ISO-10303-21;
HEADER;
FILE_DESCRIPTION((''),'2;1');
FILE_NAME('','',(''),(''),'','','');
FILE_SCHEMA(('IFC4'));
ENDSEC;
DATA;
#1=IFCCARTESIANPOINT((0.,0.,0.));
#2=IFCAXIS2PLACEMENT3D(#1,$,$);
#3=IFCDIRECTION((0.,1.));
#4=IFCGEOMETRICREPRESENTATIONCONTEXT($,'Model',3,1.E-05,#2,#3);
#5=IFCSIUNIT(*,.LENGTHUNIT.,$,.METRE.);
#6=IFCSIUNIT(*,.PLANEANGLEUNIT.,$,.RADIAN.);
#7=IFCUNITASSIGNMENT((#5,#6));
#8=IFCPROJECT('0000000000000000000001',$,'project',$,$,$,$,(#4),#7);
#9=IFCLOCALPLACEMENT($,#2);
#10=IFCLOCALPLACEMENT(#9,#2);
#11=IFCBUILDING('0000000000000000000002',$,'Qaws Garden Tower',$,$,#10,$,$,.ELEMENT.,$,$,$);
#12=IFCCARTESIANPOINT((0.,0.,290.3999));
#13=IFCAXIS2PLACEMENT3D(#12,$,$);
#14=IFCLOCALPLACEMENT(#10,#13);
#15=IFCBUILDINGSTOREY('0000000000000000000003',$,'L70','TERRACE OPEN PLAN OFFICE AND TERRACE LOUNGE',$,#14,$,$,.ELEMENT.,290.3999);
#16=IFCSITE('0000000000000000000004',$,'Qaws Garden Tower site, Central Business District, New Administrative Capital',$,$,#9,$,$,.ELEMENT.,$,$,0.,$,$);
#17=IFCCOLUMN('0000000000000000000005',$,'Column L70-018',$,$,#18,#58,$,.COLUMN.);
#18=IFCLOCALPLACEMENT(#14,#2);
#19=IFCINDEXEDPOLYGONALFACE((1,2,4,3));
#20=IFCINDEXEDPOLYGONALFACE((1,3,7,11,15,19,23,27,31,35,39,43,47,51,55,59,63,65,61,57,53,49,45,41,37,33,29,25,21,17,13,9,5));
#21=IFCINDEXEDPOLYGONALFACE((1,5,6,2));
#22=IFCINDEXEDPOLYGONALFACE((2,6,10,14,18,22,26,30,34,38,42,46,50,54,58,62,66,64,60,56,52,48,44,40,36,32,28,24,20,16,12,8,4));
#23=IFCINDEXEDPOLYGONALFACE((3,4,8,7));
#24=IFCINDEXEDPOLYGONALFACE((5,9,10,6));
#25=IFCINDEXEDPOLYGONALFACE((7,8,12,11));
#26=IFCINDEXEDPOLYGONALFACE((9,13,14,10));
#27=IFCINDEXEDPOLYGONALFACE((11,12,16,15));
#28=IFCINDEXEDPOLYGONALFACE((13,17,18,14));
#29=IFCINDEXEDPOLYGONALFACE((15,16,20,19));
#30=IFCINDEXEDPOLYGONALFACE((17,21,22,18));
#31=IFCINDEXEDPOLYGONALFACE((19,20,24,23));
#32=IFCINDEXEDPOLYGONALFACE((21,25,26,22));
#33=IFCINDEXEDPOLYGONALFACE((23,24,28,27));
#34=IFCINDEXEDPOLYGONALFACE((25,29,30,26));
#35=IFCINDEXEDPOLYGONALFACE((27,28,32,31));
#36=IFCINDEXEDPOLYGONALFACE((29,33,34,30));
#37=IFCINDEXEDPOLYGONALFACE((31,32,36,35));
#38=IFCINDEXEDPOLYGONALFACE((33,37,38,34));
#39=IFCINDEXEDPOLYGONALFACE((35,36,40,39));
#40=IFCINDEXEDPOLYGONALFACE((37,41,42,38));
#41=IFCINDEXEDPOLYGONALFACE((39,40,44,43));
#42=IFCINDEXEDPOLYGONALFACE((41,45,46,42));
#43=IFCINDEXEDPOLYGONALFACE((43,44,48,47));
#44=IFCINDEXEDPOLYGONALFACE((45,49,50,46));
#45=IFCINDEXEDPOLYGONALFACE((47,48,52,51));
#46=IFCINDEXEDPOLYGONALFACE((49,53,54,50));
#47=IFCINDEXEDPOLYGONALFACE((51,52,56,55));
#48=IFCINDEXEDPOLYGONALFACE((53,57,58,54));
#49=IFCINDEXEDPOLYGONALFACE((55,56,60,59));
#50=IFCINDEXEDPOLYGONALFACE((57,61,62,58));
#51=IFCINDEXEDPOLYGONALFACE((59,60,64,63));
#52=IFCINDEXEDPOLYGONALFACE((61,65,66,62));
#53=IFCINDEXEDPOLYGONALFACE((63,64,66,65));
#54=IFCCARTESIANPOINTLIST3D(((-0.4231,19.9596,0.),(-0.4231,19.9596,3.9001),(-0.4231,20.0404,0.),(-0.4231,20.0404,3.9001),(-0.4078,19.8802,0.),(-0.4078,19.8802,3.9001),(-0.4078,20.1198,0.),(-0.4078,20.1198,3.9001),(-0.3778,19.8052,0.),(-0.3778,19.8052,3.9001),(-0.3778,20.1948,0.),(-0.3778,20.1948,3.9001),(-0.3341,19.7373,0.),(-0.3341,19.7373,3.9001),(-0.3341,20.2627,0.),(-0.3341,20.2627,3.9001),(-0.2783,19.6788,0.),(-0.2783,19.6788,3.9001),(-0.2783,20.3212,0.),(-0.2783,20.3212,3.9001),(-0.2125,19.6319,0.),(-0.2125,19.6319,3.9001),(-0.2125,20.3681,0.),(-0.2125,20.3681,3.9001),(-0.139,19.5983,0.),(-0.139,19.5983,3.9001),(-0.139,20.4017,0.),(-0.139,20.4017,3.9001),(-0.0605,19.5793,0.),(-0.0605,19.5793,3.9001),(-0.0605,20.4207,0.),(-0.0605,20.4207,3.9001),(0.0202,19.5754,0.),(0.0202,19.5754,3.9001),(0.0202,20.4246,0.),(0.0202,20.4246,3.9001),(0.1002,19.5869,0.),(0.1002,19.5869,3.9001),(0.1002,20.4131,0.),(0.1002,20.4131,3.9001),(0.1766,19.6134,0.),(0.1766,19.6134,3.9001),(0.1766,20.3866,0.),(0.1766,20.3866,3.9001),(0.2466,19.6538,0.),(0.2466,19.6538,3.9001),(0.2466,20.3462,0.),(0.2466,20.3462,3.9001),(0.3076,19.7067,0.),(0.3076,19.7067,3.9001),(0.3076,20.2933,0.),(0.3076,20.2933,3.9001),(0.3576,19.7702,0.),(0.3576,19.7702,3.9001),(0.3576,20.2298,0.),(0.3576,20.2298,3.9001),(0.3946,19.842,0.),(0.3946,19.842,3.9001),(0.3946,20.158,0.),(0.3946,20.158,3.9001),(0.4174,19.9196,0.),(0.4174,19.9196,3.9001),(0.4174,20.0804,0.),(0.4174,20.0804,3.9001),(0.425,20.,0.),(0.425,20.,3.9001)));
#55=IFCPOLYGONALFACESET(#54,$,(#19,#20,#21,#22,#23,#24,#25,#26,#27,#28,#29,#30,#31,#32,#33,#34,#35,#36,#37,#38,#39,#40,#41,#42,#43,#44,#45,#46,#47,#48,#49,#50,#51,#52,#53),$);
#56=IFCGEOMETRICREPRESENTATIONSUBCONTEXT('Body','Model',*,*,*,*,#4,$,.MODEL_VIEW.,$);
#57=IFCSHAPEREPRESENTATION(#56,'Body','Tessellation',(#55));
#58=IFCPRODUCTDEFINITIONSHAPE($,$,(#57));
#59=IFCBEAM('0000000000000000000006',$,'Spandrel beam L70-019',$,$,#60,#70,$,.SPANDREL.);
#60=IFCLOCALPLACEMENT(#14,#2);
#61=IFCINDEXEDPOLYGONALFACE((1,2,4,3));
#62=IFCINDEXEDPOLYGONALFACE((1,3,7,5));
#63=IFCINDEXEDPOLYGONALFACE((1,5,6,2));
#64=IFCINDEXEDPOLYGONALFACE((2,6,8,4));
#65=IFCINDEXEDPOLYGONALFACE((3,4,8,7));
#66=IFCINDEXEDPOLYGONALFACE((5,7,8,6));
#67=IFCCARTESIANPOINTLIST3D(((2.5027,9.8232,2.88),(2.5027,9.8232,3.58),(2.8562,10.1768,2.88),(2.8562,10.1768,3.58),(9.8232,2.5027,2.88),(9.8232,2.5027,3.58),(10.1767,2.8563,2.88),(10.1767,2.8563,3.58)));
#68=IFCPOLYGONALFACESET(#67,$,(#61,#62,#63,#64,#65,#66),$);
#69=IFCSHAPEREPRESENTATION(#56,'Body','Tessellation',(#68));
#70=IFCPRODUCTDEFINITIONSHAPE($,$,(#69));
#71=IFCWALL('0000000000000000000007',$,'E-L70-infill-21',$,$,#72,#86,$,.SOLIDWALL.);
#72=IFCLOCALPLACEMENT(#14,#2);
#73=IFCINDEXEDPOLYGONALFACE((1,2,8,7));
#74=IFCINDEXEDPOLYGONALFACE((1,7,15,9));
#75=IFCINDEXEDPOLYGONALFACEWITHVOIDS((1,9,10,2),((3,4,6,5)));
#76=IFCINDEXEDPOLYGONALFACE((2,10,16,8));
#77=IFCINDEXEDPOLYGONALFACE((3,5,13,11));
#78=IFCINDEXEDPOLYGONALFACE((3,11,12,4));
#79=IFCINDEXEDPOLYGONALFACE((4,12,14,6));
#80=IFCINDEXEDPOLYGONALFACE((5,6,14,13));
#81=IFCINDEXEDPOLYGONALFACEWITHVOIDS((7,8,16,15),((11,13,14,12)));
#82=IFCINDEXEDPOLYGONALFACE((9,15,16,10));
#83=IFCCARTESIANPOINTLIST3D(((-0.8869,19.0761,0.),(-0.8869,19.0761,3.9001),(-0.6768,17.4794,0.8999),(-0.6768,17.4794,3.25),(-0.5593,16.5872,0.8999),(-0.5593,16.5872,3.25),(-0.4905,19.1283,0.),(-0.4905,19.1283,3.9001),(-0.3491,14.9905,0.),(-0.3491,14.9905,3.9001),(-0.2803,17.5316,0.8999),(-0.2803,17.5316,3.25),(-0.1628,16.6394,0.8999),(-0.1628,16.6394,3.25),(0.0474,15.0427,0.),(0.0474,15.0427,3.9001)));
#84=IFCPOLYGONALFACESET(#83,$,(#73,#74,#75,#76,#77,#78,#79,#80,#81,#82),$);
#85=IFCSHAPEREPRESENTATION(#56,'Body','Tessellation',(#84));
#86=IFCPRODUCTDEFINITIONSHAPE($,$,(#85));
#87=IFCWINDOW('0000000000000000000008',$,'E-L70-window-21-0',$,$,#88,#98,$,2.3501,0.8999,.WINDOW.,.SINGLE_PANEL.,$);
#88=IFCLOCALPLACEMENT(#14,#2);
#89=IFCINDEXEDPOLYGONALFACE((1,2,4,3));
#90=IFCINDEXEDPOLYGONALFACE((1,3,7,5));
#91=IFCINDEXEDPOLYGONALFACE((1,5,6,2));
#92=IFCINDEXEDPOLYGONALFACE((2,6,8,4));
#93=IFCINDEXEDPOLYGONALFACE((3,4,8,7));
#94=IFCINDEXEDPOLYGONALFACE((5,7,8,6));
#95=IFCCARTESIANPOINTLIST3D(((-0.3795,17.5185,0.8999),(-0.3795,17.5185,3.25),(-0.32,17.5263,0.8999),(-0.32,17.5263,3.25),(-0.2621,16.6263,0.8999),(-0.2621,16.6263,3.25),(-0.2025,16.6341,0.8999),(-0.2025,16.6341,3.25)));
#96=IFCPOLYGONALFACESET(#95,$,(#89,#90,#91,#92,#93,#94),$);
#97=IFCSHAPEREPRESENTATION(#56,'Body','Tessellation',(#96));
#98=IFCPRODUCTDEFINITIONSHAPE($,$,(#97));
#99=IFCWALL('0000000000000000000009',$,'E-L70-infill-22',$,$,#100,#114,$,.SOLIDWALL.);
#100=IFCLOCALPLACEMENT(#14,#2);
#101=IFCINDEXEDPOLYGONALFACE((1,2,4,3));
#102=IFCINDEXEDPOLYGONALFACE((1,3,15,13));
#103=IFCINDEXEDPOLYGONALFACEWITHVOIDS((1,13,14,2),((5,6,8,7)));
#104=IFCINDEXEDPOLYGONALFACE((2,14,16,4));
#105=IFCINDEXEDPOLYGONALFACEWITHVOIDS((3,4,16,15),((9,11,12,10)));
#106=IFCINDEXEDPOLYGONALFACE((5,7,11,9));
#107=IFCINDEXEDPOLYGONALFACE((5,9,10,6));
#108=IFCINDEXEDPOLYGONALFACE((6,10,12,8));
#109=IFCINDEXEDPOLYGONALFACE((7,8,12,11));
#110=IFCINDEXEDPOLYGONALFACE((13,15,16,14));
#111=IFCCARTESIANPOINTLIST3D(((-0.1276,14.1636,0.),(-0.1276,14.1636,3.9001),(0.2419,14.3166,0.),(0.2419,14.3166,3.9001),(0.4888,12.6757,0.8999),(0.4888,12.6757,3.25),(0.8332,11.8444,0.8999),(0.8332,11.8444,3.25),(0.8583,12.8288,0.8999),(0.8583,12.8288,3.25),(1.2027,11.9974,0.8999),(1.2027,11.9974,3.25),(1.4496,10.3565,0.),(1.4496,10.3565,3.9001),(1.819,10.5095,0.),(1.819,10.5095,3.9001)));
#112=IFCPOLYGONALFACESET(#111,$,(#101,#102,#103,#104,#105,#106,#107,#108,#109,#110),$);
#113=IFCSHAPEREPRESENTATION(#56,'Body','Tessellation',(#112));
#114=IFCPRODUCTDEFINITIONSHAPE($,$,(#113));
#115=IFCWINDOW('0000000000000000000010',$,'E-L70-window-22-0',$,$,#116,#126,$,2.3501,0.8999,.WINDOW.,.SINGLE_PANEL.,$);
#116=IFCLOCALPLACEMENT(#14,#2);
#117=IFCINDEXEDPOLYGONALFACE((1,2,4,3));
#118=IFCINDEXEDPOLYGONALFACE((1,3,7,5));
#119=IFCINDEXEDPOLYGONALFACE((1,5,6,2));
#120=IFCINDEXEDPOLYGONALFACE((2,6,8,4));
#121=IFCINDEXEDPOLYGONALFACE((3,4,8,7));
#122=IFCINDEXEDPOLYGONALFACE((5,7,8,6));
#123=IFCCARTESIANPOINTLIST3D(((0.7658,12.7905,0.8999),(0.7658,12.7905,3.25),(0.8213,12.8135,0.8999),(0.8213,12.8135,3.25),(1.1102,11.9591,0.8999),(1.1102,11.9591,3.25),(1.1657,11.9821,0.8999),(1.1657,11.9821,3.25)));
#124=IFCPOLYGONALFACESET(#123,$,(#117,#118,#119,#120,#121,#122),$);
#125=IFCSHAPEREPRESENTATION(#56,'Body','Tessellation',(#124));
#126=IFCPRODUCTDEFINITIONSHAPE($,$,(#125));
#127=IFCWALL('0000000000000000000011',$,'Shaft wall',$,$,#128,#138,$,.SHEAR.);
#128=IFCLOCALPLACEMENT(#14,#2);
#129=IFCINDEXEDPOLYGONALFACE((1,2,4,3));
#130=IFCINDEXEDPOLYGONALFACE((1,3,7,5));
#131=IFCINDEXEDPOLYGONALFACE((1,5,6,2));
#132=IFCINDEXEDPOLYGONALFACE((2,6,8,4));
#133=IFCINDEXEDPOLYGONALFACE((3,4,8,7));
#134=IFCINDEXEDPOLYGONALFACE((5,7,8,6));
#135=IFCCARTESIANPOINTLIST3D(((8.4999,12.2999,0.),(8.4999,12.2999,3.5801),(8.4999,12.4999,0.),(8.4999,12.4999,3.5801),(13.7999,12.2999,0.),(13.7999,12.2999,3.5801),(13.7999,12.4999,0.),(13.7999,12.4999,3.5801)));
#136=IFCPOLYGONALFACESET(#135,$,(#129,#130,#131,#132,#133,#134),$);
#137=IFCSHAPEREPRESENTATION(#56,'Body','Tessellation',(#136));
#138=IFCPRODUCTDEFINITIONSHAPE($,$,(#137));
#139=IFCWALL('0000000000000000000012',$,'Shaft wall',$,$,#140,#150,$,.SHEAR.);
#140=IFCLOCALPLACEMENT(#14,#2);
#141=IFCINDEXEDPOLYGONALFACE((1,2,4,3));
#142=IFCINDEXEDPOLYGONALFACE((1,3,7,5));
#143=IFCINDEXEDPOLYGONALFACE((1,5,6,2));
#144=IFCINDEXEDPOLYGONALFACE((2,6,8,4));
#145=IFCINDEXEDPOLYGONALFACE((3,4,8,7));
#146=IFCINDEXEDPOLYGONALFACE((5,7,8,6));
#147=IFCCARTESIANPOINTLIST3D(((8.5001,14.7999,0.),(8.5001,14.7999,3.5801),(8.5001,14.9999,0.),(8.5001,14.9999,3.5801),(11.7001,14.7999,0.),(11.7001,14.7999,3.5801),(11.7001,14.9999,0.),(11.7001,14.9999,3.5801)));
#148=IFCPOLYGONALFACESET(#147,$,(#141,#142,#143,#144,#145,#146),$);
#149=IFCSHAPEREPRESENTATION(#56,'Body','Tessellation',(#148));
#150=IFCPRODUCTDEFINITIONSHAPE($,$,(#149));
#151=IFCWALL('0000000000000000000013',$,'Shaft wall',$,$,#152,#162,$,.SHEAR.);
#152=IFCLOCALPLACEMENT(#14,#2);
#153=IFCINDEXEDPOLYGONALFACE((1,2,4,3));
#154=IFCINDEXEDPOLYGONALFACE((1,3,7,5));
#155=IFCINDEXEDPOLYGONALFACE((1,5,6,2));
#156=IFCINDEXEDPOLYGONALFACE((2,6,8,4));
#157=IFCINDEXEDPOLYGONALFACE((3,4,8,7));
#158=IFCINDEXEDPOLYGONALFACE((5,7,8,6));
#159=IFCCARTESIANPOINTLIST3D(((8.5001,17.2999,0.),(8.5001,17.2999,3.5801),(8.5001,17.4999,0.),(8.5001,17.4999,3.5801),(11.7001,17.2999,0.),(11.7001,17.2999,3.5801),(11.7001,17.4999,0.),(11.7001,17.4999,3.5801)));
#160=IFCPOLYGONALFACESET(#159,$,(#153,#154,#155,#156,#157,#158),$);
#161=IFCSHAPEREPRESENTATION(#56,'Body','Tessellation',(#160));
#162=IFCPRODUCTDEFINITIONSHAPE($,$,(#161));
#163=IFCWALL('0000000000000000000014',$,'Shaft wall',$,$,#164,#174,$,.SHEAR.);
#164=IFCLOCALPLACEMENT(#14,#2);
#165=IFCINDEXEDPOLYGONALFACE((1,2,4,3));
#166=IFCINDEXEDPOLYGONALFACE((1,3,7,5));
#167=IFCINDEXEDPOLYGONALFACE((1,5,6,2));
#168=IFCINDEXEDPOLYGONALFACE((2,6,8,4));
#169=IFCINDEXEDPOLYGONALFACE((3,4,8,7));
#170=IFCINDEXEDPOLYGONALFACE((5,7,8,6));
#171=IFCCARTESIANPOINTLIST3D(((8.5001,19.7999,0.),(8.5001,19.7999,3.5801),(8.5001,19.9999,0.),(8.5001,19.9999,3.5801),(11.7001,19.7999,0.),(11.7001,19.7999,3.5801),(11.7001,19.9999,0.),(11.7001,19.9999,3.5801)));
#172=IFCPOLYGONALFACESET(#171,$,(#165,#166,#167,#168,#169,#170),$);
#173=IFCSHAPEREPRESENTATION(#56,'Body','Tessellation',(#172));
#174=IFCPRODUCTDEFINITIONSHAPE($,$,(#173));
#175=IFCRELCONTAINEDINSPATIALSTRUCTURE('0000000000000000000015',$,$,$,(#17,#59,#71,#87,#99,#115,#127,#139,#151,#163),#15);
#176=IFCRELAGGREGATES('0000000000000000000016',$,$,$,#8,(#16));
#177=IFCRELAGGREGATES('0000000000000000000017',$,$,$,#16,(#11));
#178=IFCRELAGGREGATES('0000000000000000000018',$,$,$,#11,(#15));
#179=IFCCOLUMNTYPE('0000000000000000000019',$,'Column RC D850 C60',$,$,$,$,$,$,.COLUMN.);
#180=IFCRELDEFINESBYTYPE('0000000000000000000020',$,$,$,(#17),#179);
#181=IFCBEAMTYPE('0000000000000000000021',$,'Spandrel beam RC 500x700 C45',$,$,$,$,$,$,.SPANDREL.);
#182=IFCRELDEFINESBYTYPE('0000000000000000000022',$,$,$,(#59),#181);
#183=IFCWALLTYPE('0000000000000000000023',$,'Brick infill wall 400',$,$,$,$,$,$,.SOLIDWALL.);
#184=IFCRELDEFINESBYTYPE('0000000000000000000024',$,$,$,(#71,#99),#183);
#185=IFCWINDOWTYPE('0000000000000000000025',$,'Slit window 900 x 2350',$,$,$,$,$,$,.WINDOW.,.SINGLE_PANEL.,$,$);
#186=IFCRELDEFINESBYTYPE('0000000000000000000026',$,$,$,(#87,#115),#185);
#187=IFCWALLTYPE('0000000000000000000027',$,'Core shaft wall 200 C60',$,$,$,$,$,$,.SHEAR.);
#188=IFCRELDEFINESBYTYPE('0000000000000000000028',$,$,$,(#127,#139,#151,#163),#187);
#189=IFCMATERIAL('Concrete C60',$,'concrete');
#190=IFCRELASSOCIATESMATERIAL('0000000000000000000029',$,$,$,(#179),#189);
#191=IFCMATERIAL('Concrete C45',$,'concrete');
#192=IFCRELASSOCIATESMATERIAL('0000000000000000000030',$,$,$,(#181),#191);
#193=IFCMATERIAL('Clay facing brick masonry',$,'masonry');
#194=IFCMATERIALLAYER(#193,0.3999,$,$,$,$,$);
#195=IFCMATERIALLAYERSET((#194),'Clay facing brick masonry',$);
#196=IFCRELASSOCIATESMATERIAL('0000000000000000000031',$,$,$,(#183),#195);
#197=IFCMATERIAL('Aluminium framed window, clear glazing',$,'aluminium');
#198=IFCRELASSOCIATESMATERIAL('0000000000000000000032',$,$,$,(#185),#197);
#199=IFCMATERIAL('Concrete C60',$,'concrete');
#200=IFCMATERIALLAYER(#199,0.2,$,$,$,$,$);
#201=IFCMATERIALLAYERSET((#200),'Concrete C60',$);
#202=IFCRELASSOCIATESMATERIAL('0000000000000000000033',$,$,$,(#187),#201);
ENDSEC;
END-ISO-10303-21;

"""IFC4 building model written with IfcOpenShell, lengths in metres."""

from ifc_helpers import new_model, si_unit, direction, frame, frame_2d, origin, origin_2d, place, context, subcontext, project, spatial, rectangle, circle, extrude, material, layer, layer_set, material_profile, profile_set, type_object, element, fill, save


model = new_model("IFC4")

# Units and contexts
model_context = context("Model", 3, precision=1e-05, world=origin(), true_north=direction((0.0, 1.0)))
body_context = subcontext(model_context, "Body", "Model", "MODEL_VIEW")
ifc_project = project(units=[si_unit("LENGTHUNIT", "METRE"), si_unit("PLANEANGLEUNIT", "RADIAN")], contexts=[model_context])

# Site, building, storey
site_placement = place(None, origin())
site = spatial("IfcSite", under=ifc_project, at=site_placement, Name="Qaws Garden Tower site, Central Business District, New Administrative Capital", CompositionType="ELEMENT", RefElevation=0.0)
building_placement = place(site_placement, origin())
building = spatial("IfcBuilding", under=site, at=building_placement, Name="Qaws Garden Tower", CompositionType="ELEMENT")
storey_placement = place(building_placement, frame((0.0, 0.0, 290.3999)))
storey = spatial("IfcBuildingStorey", under=building, at=storey_placement, Name="L70", Description="TERRACE OPEN PLAN OFFICE AND TERRACE LOUNGE", CompositionType="ELEMENT", Elevation=290.3999)

# Column
ifc_material_1 = material(Name="Concrete C60", Category="concrete")
ifc_material_profile_1 = material_profile(ifc_material_1, circle(Radius=0.425, at=origin_2d()), Name="RC D850")
ifc_profile_set_1 = profile_set([ifc_material_profile_1], Name="Concrete C60")
column_type = type_object("IfcColumnType", Name="Column RC D850 C60", PredefinedType="COLUMN", material=ifc_profile_set_1)
column_placement = place(storey_placement, frame((0.0, 20.0, 0.0), z_axis=(0.0, 0.0, 1.0), x_axis=(1.0, 0.0, 0.0)))
element("IfcColumn", 1, at=column_placement, inside=storey, type_object=column_type, Name="Column L70-018", PredefinedType="COLUMN", context=body_context, shape_type="SweptSolid", body=[
    extrude(circle(Radius=0.425, at=origin_2d()), origin(), (0.0, 0.0, 1.0), 3.9001),
])

# Beam
ifc_material_2 = material(Name="Concrete C45", Category="concrete")
ifc_material_profile_2 = material_profile(ifc_material_2, rectangle(XDim=0.5, YDim=0.7, at=origin_2d()), Name="RC 500x700")
ifc_profile_set_2 = profile_set([ifc_material_profile_2], Name="Concrete C45")
beam_type = type_object("IfcBeamType", Name="Spandrel beam RC 500x700 C45", PredefinedType="SPANDREL", material=ifc_profile_set_2)
beam_placement = place(storey_placement, frame((2.6794, 10.0, 3.23), z_axis=(0.707107, -0.707107, 0.0), x_axis=(0.707107, 0.707107, 0.0)))
element("IfcBeam", 2, at=beam_placement, inside=storey, type_object=beam_type, Name="Spandrel beam L70-019", PredefinedType="SPANDREL", context=body_context, shape_type="SweptSolid", body=[
    extrude(rectangle(XDim=0.5, YDim=0.7, at=origin_2d()), origin(), (0.0, 0.0, 1.0), 10.3528),
])

# Walls, openings, windows
ifc_material_3 = material(Name="Clay facing brick masonry", Category="masonry")
ifc_layer_1 = layer(ifc_material_3, 0.3999)
ifc_layer_set_1 = layer_set([ifc_layer_1], Name="Clay facing brick masonry")
wall_type_1 = type_object("IfcWallType", Name="Brick infill wall 400", PredefinedType="SOLIDWALL", material=ifc_layer_set_1)
wall_1_placement = place(storey_placement, frame((-0.6887, 19.1023, 0.0), z_axis=(0.0, 0.0, 1.0), x_axis=(0.130514, -0.991446, 0.0)))
wall_1 = element("IfcWall", 3, at=wall_1_placement, inside=storey, type_object=wall_type_1, Name="E-L70-infill-21", PredefinedType="SOLIDWALL", context=body_context, shape_type="SweptSolid", body=[
    extrude(rectangle(XDim=4.1208, YDim=0.3999, at=frame_2d((2.0605, 0.0))), origin(), (0.0, 0.0, 1.0), 3.9001),
])
opening_1_placement = place(wall_1_placement, frame((1.6106, 0.0, 0.8999)))
opening_1 = element("IfcOpeningElement", 4, at=opening_1_placement, cuts=wall_1, PredefinedType="OPENING", context=body_context, shape_type="SweptSolid", body=[
    extrude(rectangle(XDim=0.8999, YDim=2.3501, at=frame_2d((0.45, 1.175))), frame((0.0, 0.21, 0.0), z_axis=(0.0, -1.0, 0.0), x_axis=(1.0, 0.0, 0.0)), (0.0, 0.0, 1.0), 0.4199),
])
ifc_material_4 = material(Name="Aluminium framed window, clear glazing", Category="aluminium")
window_type = type_object("IfcWindowType", Name="Slit window 900 x 2350", PartitioningType="SINGLE_PANEL", PredefinedType="WINDOW", material=ifc_material_4)
window_1_placement = place(opening_1_placement, origin())
window_1 = element("IfcWindow", 5, at=window_1_placement, inside=storey, type_object=window_type, Name="E-L70-window-21-0", OverallHeight=2.3501, OverallWidth=0.8999, PartitioningType="SINGLE_PANEL", PredefinedType="WINDOW", context=body_context, shape_type="SweptSolid", body=[
    extrude(rectangle(XDim=0.8999, YDim=2.3501, at=frame_2d((0.45, 1.175))), frame((0.0, 0.1599, 0.0), z_axis=(0.0, -1.0, 0.0), x_axis=(1.0, 0.0, 0.0)), (0.0, 0.0, 1.0), 0.0601),
])
fill(opening_1, window_1)
wall_2_placement = place(storey_placement, frame((0.0571, 14.2402, 0.0), z_axis=(0.0, 0.0, 1.0), x_axis=(0.382722, -0.923864, 0.0)))
wall_2 = element("IfcWall", 6, at=wall_2_placement, inside=storey, type_object=wall_type_1, Name="E-L70-infill-22", PredefinedType="SOLIDWALL", context=body_context, shape_type="SweptSolid", body=[
    extrude(rectangle(XDim=4.1208, YDim=0.3999, at=frame_2d((2.0605, 0.0))), origin(), (0.0, 0.0, 1.0), 3.9001),
])
opening_2_placement = place(wall_2_placement, frame((1.6106, 0.0, 0.8999)))
opening_2 = element("IfcOpeningElement", 7, at=opening_2_placement, cuts=wall_2, PredefinedType="OPENING", context=body_context, shape_type="SweptSolid", body=[
    extrude(rectangle(XDim=0.8999, YDim=2.3501, at=frame_2d((0.45, 1.175))), frame((0.0, 0.21, 0.0), z_axis=(0.0, -1.0, 0.0), x_axis=(1.0, 0.0, 0.0)), (0.0, 0.0, 1.0), 0.4199),
])
window_2_placement = place(opening_2_placement, origin())
window_2 = element("IfcWindow", 8, at=window_2_placement, inside=storey, type_object=window_type, Name="E-L70-window-22-0", OverallHeight=2.3501, OverallWidth=0.8999, PartitioningType="SINGLE_PANEL", PredefinedType="WINDOW", context=body_context, shape_type="SweptSolid", body=[
    extrude(rectangle(XDim=0.8999, YDim=2.3501, at=frame_2d((0.45, 1.175))), frame((0.0, 0.1599, 0.0), z_axis=(0.0, -1.0, 0.0), x_axis=(1.0, 0.0, 0.0)), (0.0, 0.0, 1.0), 0.0601),
])
fill(opening_2, window_2)

# Walls
ifc_material_5 = material(Name="Concrete C60", Category="concrete")
ifc_layer_2 = layer(ifc_material_5, 0.2)
ifc_layer_set_2 = layer_set([ifc_layer_2], Name="Concrete C60")
wall_type_2 = type_object("IfcWallType", Name="Core shaft wall 200 C60", PredefinedType="SHEAR", material=ifc_layer_set_2)
wall_3_placement = place(storey_placement, frame((8.5, 12.3999, 0.0), z_axis=(0.0, 0.0, 1.0), x_axis=(1.0, 0.0, 0.0)))
element("IfcWall", 9, at=wall_3_placement, inside=storey, type_object=wall_type_2, Name="Shaft wall", PredefinedType="SHEAR", context=body_context, shape_type="SweptSolid", body=[
    extrude(rectangle(XDim=5.3, YDim=0.2, at=frame_2d((2.6499, 0.0))), origin(), (0.0, 0.0, 1.0), 3.5801),
])
for number, where, z_axis, x_axis, name in (
    (10, (8.5, 14.8999, 0.0), (0.0, 0.0, 1.0), (1.0, 0.0, 0.0), "Shaft wall"),
    (11, (8.5, 17.3999, 0.0), (0.0, 0.0, 1.0), (1.0, 0.0, 0.0), "Shaft wall"),
    (12, (8.5, 19.8999, 0.0), (0.0, 0.0, 1.0), (1.0, 0.0, 0.0), "Shaft wall"),
):
    element("IfcWall", number, at=place(storey_placement, frame(where, z_axis=z_axis, x_axis=x_axis)), inside=storey, type_object=wall_type_2, Name=name, PredefinedType="SHEAR", context=body_context, shape_type="SweptSolid", body=[
        extrude(rectangle(XDim=3.2, YDim=0.2, at=frame_2d((1.6001, 0.0))), origin(), (0.0, 0.0, 1.0), 3.5801),
    ])

save(model, "model.ifc")
